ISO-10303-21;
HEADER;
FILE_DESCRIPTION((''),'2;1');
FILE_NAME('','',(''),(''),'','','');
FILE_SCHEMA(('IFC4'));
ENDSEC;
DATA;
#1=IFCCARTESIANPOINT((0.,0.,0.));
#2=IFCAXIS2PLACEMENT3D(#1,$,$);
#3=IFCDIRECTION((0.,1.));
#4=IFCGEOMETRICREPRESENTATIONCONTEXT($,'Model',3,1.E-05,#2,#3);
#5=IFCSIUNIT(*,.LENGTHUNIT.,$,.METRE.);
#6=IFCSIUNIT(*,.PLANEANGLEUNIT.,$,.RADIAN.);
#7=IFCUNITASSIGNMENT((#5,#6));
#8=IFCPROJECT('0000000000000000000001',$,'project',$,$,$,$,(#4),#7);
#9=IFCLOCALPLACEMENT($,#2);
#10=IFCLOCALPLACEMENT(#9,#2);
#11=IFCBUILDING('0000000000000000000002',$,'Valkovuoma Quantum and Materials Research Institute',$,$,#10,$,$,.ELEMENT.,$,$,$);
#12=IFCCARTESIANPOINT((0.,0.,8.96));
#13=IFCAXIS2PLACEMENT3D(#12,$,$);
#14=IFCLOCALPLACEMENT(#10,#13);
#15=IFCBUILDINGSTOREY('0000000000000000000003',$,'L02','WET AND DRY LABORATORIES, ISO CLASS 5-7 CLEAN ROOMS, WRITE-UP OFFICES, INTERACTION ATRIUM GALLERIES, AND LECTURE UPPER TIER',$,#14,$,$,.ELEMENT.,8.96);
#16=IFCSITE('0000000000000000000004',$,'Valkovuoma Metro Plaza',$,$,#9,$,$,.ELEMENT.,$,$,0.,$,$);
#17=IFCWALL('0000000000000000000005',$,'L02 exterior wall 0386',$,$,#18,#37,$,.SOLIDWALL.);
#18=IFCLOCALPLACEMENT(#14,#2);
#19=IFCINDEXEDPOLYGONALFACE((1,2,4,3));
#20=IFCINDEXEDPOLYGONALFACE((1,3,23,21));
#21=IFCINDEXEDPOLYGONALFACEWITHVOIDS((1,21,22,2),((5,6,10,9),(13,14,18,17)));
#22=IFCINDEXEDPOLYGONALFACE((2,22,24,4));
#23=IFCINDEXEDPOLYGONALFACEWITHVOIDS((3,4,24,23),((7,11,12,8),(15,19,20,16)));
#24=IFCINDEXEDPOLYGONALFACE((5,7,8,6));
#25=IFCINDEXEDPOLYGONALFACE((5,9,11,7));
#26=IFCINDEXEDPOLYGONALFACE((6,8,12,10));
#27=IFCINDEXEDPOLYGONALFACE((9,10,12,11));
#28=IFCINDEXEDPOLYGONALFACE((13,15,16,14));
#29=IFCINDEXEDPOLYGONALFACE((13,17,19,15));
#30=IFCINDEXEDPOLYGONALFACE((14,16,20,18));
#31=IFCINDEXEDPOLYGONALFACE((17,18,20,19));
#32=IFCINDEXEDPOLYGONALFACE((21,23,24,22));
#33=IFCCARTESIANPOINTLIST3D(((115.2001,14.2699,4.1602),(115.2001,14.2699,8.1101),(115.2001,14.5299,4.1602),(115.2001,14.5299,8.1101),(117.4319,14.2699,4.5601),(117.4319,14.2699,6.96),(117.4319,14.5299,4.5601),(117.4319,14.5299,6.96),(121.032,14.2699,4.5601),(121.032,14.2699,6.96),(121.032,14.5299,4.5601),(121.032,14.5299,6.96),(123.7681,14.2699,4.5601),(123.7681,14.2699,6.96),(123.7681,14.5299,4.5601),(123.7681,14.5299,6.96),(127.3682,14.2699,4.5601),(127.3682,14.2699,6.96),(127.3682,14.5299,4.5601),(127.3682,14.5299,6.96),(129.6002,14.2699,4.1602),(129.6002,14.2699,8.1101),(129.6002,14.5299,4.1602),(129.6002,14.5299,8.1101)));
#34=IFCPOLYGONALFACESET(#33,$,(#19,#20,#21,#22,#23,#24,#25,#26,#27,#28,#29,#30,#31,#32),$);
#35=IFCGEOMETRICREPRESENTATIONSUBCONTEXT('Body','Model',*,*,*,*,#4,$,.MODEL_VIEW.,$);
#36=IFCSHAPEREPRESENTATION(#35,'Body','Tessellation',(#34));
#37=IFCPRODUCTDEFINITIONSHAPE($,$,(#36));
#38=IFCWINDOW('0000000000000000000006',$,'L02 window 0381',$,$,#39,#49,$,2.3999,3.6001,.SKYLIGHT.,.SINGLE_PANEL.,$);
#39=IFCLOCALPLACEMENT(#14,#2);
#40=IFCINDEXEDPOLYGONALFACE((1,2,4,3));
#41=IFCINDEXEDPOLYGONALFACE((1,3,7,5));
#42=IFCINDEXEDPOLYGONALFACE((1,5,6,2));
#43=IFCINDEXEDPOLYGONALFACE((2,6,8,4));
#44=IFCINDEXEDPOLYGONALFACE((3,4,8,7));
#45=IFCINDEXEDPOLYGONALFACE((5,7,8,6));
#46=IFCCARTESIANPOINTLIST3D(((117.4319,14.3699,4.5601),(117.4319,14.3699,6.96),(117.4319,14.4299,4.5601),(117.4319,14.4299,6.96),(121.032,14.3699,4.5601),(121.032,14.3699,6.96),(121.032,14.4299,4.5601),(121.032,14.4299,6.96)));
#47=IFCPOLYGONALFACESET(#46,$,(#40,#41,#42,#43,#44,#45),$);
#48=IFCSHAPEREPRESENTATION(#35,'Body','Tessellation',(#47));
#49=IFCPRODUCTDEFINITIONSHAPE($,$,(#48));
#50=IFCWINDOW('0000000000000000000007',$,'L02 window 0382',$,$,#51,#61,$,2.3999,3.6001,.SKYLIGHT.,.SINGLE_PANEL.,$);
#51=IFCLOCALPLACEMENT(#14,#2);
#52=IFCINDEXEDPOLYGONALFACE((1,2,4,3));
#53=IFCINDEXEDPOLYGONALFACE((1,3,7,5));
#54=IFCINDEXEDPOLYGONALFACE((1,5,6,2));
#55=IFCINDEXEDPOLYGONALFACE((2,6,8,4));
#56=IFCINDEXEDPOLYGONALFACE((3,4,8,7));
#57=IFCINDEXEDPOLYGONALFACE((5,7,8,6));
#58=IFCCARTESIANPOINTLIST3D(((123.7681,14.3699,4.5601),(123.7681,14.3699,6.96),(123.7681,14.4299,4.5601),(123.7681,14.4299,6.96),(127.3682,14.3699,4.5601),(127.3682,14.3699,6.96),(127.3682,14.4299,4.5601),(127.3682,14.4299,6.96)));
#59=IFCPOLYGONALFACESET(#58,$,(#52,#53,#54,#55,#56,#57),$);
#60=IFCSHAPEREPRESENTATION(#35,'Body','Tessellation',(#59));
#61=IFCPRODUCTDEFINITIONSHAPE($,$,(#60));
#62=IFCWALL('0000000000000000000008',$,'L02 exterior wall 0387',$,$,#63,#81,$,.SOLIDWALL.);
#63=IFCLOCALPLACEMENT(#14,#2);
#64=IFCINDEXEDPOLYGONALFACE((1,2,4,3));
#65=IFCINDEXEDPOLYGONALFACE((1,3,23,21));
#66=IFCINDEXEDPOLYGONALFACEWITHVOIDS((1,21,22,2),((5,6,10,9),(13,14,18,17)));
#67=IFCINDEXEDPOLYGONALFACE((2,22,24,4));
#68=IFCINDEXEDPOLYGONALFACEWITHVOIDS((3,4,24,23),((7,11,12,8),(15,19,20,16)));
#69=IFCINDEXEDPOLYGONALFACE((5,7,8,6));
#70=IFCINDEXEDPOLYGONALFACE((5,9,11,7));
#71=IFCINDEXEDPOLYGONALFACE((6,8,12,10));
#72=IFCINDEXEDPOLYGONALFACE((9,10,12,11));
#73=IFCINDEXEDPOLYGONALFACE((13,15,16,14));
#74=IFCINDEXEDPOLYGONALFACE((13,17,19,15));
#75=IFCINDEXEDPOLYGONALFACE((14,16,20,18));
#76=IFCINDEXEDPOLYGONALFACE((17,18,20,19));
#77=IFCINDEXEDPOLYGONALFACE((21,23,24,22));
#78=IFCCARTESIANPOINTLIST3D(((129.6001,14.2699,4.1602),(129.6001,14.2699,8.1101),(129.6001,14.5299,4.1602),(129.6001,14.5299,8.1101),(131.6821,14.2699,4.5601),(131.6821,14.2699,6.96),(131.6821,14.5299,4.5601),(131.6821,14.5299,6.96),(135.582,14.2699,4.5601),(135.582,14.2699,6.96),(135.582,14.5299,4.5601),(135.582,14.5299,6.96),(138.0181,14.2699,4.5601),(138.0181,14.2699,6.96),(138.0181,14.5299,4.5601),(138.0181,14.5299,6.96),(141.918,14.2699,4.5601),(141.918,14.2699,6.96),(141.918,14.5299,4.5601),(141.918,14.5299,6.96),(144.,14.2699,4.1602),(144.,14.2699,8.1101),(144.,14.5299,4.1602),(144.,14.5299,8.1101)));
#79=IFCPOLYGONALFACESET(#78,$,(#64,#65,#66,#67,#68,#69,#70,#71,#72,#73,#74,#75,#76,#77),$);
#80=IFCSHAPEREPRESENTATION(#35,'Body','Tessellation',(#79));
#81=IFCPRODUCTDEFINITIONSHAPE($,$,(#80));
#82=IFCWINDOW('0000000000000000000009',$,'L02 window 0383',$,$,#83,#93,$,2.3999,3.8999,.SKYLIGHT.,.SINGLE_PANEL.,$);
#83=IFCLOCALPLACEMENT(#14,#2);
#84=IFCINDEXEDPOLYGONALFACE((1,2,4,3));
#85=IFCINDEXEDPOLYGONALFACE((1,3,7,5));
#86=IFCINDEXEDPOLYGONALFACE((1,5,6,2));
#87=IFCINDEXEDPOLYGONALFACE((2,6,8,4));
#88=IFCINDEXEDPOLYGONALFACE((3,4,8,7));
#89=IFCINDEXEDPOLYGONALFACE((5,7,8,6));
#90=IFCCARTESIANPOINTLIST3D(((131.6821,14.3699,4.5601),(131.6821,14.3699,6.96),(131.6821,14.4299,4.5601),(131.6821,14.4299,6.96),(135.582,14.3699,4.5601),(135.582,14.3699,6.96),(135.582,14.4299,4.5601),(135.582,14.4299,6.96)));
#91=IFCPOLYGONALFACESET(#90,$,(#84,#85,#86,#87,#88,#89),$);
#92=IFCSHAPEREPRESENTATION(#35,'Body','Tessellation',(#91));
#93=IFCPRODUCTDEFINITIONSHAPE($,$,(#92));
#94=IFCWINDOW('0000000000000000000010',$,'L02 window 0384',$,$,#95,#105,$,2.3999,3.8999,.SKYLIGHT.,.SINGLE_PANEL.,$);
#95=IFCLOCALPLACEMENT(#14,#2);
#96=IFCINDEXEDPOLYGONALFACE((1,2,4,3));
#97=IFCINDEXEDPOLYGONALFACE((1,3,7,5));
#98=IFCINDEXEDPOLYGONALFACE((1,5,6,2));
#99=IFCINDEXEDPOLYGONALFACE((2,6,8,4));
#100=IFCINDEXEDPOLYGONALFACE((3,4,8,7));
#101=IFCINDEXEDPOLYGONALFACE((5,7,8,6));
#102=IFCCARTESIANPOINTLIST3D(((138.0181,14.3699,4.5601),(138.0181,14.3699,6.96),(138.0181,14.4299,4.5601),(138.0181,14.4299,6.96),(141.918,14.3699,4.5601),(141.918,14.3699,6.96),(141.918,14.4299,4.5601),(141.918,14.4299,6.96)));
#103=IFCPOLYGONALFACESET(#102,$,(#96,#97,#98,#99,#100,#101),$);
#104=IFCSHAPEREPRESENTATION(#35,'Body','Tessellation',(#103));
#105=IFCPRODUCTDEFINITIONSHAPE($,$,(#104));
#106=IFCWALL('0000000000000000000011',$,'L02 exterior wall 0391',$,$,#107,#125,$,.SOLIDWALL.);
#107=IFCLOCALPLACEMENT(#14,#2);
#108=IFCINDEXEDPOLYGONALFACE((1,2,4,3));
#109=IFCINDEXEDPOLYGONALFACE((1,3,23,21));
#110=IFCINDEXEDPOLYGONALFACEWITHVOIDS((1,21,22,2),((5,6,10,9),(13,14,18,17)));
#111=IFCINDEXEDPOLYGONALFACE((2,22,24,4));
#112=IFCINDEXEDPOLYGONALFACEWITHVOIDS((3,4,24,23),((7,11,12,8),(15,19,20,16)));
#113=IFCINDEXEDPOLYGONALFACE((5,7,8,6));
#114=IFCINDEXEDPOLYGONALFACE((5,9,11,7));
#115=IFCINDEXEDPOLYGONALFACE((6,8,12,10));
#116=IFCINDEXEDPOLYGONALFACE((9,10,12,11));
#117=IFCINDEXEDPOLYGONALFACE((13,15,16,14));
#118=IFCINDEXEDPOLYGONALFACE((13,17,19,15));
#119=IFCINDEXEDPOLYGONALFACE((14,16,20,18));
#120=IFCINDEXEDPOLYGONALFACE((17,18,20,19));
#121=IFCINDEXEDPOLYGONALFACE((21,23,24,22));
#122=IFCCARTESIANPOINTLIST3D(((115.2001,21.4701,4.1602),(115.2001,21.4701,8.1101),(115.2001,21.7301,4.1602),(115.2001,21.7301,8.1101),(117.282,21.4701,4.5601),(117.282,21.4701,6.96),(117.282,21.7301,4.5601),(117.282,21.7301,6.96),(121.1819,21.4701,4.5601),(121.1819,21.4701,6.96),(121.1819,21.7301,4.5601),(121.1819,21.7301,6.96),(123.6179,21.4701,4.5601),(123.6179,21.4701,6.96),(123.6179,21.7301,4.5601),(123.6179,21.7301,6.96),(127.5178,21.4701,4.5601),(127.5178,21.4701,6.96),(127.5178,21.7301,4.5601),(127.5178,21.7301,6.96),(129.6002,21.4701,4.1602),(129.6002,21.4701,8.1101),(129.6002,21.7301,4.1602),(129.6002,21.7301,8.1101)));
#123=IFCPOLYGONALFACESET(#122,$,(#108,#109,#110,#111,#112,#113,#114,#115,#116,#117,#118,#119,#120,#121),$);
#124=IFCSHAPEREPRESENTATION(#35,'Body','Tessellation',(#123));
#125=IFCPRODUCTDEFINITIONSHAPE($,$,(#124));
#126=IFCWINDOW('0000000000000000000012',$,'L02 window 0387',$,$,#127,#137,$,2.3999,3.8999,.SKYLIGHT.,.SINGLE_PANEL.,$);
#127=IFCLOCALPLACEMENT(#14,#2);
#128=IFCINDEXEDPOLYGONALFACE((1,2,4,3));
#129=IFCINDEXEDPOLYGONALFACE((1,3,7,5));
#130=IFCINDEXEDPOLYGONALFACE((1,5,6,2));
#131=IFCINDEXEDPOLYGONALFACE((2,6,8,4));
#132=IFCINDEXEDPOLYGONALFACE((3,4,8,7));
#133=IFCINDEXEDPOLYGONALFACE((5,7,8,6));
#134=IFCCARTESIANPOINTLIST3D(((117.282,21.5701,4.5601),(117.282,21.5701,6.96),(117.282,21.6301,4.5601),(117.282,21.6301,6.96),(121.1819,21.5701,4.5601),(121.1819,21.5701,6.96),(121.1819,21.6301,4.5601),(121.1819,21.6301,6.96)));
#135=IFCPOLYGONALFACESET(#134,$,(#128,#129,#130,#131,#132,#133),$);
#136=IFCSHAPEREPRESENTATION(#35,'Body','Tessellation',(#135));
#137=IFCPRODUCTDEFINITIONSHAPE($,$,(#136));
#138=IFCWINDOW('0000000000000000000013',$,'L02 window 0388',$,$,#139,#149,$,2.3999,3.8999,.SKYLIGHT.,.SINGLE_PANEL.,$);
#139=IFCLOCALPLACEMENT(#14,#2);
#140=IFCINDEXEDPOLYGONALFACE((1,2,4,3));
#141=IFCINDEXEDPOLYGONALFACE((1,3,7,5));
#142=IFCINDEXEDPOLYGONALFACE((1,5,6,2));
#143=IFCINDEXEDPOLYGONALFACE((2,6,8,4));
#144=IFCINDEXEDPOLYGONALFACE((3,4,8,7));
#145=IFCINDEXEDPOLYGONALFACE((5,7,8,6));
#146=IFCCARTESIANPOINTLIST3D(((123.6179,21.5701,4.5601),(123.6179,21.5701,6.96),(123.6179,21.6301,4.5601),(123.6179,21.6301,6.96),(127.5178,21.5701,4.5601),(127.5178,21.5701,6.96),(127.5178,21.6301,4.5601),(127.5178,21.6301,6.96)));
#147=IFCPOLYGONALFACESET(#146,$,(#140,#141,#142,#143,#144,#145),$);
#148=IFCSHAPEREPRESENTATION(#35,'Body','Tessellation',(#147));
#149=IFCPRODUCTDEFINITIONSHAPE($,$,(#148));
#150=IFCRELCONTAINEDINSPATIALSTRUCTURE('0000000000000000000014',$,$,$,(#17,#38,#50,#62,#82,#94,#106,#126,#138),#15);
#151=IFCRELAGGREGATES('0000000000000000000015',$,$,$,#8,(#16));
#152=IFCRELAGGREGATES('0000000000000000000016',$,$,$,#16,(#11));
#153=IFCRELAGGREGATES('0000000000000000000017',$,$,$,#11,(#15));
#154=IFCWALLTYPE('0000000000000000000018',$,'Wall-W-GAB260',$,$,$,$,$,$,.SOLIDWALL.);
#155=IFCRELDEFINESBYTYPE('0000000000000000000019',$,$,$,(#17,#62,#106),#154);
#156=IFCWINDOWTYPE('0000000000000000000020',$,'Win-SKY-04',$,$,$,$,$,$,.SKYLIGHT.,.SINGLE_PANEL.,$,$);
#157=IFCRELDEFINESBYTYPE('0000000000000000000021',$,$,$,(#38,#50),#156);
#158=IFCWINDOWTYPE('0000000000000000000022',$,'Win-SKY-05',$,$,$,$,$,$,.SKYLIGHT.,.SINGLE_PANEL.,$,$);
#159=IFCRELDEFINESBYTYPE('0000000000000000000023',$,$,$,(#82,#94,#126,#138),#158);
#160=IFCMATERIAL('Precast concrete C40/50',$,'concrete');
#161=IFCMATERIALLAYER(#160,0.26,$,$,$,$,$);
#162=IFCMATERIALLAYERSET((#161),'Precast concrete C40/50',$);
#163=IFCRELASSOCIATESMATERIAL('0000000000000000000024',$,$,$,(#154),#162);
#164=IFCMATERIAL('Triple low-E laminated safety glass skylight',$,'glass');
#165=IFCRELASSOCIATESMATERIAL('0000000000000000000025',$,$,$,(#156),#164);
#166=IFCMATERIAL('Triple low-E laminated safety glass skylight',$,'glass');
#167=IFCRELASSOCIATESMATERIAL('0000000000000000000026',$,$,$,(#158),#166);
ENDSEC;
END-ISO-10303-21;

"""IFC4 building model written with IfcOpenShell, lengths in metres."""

from ifc_helpers import new_model, si_unit, direction, frame, frame_2d, origin, place, context, subcontext, project, spatial, rectangle, extrude, material, layer, layer_set, type_object, element, fill, save


model = new_model("IFC4")

# Units and contexts
model_context = context("Model", 3, precision=1e-05, world=origin(), true_north=direction((0.0, 1.0)))
body_context = subcontext(model_context, "Body", "Model", "MODEL_VIEW")
ifc_project = project(units=[si_unit("LENGTHUNIT", "METRE"), si_unit("PLANEANGLEUNIT", "RADIAN")], contexts=[model_context])

# Site, building, storey
site_placement = place(None, origin())
site = spatial("IfcSite", under=ifc_project, at=site_placement, Name="Valkovuoma Metro Plaza", CompositionType="ELEMENT", RefElevation=0.0)
building_placement = place(site_placement, origin())
building = spatial("IfcBuilding", under=site, at=building_placement, Name="Valkovuoma Quantum and Materials Research Institute", CompositionType="ELEMENT")
storey_placement = place(building_placement, frame((0.0, 0.0, 8.96)))
storey = spatial("IfcBuildingStorey", under=building, at=storey_placement, Name="L02", Description="WET AND DRY LABORATORIES, ISO CLASS 5-7 CLEAN ROOMS, WRITE-UP OFFICES, INTERACTION ATRIUM GALLERIES, AND LECTURE UPPER TIER", CompositionType="ELEMENT", Elevation=8.96)

# Walls, openings, windows
ifc_material_1 = material(Name="Precast concrete C40/50", Category="concrete")
ifc_layer_1 = layer(ifc_material_1, 0.26)
ifc_layer_set_1 = layer_set([ifc_layer_1], Name="Precast concrete C40/50")
wall_type_1 = type_object("IfcWallType", Name="Wall-W-GAB260", PredefinedType="SOLIDWALL", material=ifc_layer_set_1)
wall_1_placement = place(storey_placement, frame((115.2, 14.3999, 4.1602), z_axis=(0.0, 0.0, 1.0), x_axis=(1.0, 0.0, 0.0)))
wall_1 = element("IfcWall", 1, at=wall_1_placement, inside=storey, type_object=wall_type_1, Name="L02 exterior wall 0386", PredefinedType="SOLIDWALL", context=body_context, shape_type="SweptSolid", body=[
    extrude(rectangle(XDim=14.4001, YDim=0.26, at=frame_2d((7.2002, 0.0))), origin(), (0.0, 0.0, 1.0), 3.95),
])
opening_1_placement = place(wall_1_placement, frame((2.2319, 0.0, 0.3999)))
opening_1 = element("IfcOpeningElement", 2, at=opening_1_placement, cuts=wall_1, PredefinedType="OPENING", context=body_context, shape_type="SweptSolid", body=[
    extrude(rectangle(XDim=3.6001, YDim=2.3999, at=frame_2d((1.8, 1.2))), frame((0.0, 0.1401, 0.0), z_axis=(0.0, -1.0, 0.0), x_axis=(1.0, 0.0, 0.0)), (0.0, 0.0, 1.0), 0.28),
])
opening_2_placement = place(wall_1_placement, frame((8.5681, 0.0, 0.3999)))
opening_2 = element("IfcOpeningElement", 3, at=opening_2_placement, cuts=wall_1, PredefinedType="OPENING", context=body_context, shape_type="SweptSolid", body=[
    extrude(rectangle(XDim=3.6001, YDim=2.3999, at=frame_2d((1.8, 1.2))), frame((0.0, 0.1401, 0.0), z_axis=(0.0, -1.0, 0.0), x_axis=(1.0, 0.0, 0.0)), (0.0, 0.0, 1.0), 0.28),
])
ifc_material_2 = material(Name="Triple low-E laminated safety glass skylight", Category="glass")
window_type_1 = type_object("IfcWindowType", Name="Win-SKY-04", PartitioningType="SINGLE_PANEL", PredefinedType="SKYLIGHT", material=ifc_material_2)
window_1_placement = place(opening_1_placement, origin())
window_1 = element("IfcWindow", 4, at=window_1_placement, inside=storey, type_object=window_type_1, Name="L02 window 0381", OverallHeight=2.3999, OverallWidth=3.6001, PartitioningType="SINGLE_PANEL", PredefinedType="SKYLIGHT", context=body_context, shape_type="SweptSolid", body=[
    extrude(rectangle(XDim=3.6001, YDim=2.3999, at=frame_2d((1.8, 1.2))), frame((0.0, 0.03, 0.0), z_axis=(0.0, -1.0, 0.0), x_axis=(1.0, 0.0, 0.0)), (0.0, 0.0, 1.0), 0.0601),
])
fill(opening_1, window_1)
window_2_placement = place(opening_2_placement, origin())
window_2 = element("IfcWindow", 5, at=window_2_placement, inside=storey, type_object=window_type_1, Name="L02 window 0382", OverallHeight=2.3999, OverallWidth=3.6001, PartitioningType="SINGLE_PANEL", PredefinedType="SKYLIGHT", context=body_context, shape_type="SweptSolid", body=[
    extrude(rectangle(XDim=3.6001, YDim=2.3999, at=frame_2d((1.8, 1.2))), frame((0.0, 0.03, 0.0), z_axis=(0.0, -1.0, 0.0), x_axis=(1.0, 0.0, 0.0)), (0.0, 0.0, 1.0), 0.0601),
])
fill(opening_2, window_2)
wall_2_placement = place(storey_placement, frame((129.6001, 14.3999, 4.1602), z_axis=(0.0, 0.0, 1.0), x_axis=(1.0, 0.0, 0.0)))
wall_2 = element("IfcWall", 6, at=wall_2_placement, inside=storey, type_object=wall_type_1, Name="L02 exterior wall 0387", PredefinedType="SOLIDWALL", context=body_context, shape_type="SweptSolid", body=[
    extrude(rectangle(XDim=14.3999, YDim=0.26, at=frame_2d((7.2, 0.0))), origin(), (0.0, 0.0, 1.0), 3.95),
])
opening_3_placement = place(wall_2_placement, frame((2.082, 0.0, 0.3999)))
opening_3 = element("IfcOpeningElement", 7, at=opening_3_placement, cuts=wall_2, PredefinedType="OPENING", context=body_context, shape_type="SweptSolid", body=[
    extrude(rectangle(XDim=3.8999, YDim=2.3999, at=frame_2d((1.95, 1.2))), frame((0.0, 0.1401, 0.0), z_axis=(0.0, -1.0, 0.0), x_axis=(1.0, 0.0, 0.0)), (0.0, 0.0, 1.0), 0.28),
])
opening_4_placement = place(wall_2_placement, frame((8.418, 0.0, 0.3999)))
opening_4 = element("IfcOpeningElement", 8, at=opening_4_placement, cuts=wall_2, PredefinedType="OPENING", context=body_context, shape_type="SweptSolid", body=[
    extrude(rectangle(XDim=3.8999, YDim=2.3999, at=frame_2d((1.95, 1.2))), frame((0.0, 0.1401, 0.0), z_axis=(0.0, -1.0, 0.0), x_axis=(1.0, 0.0, 0.0)), (0.0, 0.0, 1.0), 0.28),
])
ifc_material_3 = material(Name="Triple low-E laminated safety glass skylight", Category="glass")
window_type_2 = type_object("IfcWindowType", Name="Win-SKY-05", PartitioningType="SINGLE_PANEL", PredefinedType="SKYLIGHT", material=ifc_material_3)
window_3_placement = place(opening_3_placement, origin())
window_3 = element("IfcWindow", 9, at=window_3_placement, inside=storey, type_object=window_type_2, Name="L02 window 0383", OverallHeight=2.3999, OverallWidth=3.8999, PartitioningType="SINGLE_PANEL", PredefinedType="SKYLIGHT", context=body_context, shape_type="SweptSolid", body=[
    extrude(rectangle(XDim=3.8999, YDim=2.3999, at=frame_2d((1.95, 1.2))), frame((0.0, 0.03, 0.0), z_axis=(0.0, -1.0, 0.0), x_axis=(1.0, 0.0, 0.0)), (0.0, 0.0, 1.0), 0.0601),
])
fill(opening_3, window_3)
window_4_placement = place(opening_4_placement, origin())
window_4 = element("IfcWindow", 10, at=window_4_placement, inside=storey, type_object=window_type_2, Name="L02 window 0384", OverallHeight=2.3999, OverallWidth=3.8999, PartitioningType="SINGLE_PANEL", PredefinedType="SKYLIGHT", context=body_context, shape_type="SweptSolid", body=[
    extrude(rectangle(XDim=3.8999, YDim=2.3999, at=frame_2d((1.95, 1.2))), frame((0.0, 0.03, 0.0), z_axis=(0.0, -1.0, 0.0), x_axis=(1.0, 0.0, 0.0)), (0.0, 0.0, 1.0), 0.0601),
])
fill(opening_4, window_4)
wall_3_placement = place(storey_placement, frame((115.2, 21.6001, 4.1602), z_axis=(0.0, 0.0, 1.0), x_axis=(1.0, 0.0, 0.0)))
wall_3 = element("IfcWall", 11, at=wall_3_placement, inside=storey, type_object=wall_type_1, Name="L02 exterior wall 0391", PredefinedType="SOLIDWALL", context=body_context, shape_type="SweptSolid", body=[
    extrude(rectangle(XDim=14.4001, YDim=0.26, at=frame_2d((7.2002, 0.0))), origin(), (0.0, 0.0, 1.0), 3.95),
])
opening_5_placement = place(wall_3_placement, frame((2.082, 0.0, 0.3999)))
opening_5 = element("IfcOpeningElement", 12, at=opening_5_placement, cuts=wall_3, PredefinedType="OPENING", context=body_context, shape_type="SweptSolid", body=[
    extrude(rectangle(XDim=3.8999, YDim=2.3999, at=frame_2d((1.95, 1.2))), frame((0.0, 0.1401, 0.0), z_axis=(0.0, -1.0, 0.0), x_axis=(1.0, 0.0, 0.0)), (0.0, 0.0, 1.0), 0.28),
])
opening_6_placement = place(wall_3_placement, frame((8.418, 0.0, 0.3999)))
opening_6 = element("IfcOpeningElement", 13, at=opening_6_placement, cuts=wall_3, PredefinedType="OPENING", context=body_context, shape_type="SweptSolid", body=[
    extrude(rectangle(XDim=3.8999, YDim=2.3999, at=frame_2d((1.95, 1.2))), frame((0.0, 0.1401, 0.0), z_axis=(0.0, -1.0, 0.0), x_axis=(1.0, 0.0, 0.0)), (0.0, 0.0, 1.0), 0.28),
])
window_5_placement = place(opening_5_placement, origin())
window_5 = element("IfcWindow", 14, at=window_5_placement, inside=storey, type_object=window_type_2, Name="L02 window 0387", OverallHeight=2.3999, OverallWidth=3.8999, PartitioningType="SINGLE_PANEL", PredefinedType="SKYLIGHT", context=body_context, shape_type="SweptSolid", body=[
    extrude(rectangle(XDim=3.8999, YDim=2.3999, at=frame_2d((1.95, 1.2))), frame((0.0, 0.03, 0.0), z_axis=(0.0, -1.0, 0.0), x_axis=(1.0, 0.0, 0.0)), (0.0, 0.0, 1.0), 0.0601),
])
fill(opening_5, window_5)
window_6_placement = place(opening_6_placement, origin())
window_6 = element("IfcWindow", 15, at=window_6_placement, inside=storey, type_object=window_type_2, Name="L02 window 0388", OverallHeight=2.3999, OverallWidth=3.8999, PartitioningType="SINGLE_PANEL", PredefinedType="SKYLIGHT", context=body_context, shape_type="SweptSolid", body=[
    extrude(rectangle(XDim=3.8999, YDim=2.3999, at=frame_2d((1.95, 1.2))), frame((0.0, 0.03, 0.0), z_axis=(0.0, -1.0, 0.0), x_axis=(1.0, 0.0, 0.0)), (0.0, 0.0, 1.0), 0.0601),
])
fill(opening_6, window_6)

save(model, "model.ifc")
